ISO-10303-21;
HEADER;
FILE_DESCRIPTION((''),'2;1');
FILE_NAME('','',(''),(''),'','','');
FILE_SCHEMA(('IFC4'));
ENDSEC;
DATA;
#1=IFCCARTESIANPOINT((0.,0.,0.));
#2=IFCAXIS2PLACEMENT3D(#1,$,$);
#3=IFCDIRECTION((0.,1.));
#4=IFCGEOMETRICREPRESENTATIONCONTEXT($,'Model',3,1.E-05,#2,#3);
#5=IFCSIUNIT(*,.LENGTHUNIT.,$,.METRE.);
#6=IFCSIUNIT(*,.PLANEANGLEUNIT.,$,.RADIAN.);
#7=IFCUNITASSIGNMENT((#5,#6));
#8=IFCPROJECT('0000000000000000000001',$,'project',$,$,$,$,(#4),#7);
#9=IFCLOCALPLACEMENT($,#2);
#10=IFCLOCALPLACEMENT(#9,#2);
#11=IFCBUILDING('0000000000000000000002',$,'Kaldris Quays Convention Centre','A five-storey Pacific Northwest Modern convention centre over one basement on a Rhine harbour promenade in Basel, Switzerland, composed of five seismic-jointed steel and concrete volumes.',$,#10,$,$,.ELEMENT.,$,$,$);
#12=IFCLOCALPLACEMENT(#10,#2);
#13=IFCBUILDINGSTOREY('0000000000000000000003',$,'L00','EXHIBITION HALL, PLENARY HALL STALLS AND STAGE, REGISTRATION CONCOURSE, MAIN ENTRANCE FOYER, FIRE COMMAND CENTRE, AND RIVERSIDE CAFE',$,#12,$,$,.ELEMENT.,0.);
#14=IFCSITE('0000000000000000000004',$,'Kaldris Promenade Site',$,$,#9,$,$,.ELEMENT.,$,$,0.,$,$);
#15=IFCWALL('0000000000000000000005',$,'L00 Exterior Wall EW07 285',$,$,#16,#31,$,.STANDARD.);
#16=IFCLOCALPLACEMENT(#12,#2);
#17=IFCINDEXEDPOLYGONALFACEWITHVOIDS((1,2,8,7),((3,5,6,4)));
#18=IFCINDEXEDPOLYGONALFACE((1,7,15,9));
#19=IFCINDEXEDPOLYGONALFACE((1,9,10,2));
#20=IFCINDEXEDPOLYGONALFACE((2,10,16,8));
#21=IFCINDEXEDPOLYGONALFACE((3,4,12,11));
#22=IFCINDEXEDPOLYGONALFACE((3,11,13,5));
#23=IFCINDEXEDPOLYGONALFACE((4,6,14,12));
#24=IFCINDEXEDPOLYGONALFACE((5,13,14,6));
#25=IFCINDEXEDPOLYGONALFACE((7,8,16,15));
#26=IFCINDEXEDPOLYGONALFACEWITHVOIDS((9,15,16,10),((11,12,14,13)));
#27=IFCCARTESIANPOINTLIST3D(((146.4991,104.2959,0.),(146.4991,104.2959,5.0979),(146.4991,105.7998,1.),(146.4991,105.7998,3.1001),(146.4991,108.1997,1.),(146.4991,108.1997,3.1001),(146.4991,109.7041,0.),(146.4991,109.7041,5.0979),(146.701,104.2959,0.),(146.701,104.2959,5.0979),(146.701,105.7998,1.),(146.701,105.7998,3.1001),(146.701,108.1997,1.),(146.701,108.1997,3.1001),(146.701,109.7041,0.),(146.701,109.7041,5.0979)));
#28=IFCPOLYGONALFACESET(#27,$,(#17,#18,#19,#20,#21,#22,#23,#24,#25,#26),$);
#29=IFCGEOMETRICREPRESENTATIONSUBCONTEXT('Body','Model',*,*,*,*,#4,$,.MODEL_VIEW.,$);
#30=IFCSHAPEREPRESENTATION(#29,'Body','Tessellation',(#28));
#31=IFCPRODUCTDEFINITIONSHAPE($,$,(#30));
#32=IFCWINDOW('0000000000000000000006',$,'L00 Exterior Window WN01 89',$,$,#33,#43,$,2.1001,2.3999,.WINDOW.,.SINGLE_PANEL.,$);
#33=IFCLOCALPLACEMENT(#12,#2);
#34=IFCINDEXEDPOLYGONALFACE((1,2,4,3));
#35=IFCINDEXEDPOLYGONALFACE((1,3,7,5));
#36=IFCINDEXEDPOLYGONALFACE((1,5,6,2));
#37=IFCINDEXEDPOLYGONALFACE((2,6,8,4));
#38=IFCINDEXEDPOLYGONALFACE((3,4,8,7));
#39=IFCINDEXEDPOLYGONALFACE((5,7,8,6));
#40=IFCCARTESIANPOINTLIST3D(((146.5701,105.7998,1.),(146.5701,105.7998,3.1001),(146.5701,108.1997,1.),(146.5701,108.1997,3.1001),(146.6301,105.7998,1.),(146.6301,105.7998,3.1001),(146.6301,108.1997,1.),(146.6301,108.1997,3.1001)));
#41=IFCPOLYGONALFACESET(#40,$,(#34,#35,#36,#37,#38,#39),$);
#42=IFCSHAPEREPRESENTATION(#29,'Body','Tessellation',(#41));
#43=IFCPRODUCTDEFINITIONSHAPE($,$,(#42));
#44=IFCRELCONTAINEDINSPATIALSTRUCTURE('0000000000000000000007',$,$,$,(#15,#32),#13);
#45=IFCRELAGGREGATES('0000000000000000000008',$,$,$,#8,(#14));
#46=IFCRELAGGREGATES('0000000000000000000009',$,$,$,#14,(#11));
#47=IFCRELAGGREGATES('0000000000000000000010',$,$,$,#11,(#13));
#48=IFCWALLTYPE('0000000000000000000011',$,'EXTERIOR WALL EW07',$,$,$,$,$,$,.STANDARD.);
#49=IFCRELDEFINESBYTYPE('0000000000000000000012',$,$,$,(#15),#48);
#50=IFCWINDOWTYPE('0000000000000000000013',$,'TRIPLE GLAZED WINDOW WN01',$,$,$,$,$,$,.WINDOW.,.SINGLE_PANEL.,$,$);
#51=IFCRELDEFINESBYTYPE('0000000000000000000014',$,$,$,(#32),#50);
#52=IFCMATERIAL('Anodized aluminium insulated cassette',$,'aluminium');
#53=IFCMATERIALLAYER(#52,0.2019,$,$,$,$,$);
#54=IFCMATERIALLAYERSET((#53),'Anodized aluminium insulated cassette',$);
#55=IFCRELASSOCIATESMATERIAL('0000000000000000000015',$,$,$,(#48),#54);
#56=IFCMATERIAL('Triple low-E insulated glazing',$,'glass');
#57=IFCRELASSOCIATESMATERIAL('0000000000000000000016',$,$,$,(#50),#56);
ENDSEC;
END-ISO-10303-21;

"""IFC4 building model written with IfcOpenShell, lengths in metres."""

from ifc_helpers import new_model, si_unit, direction, frame, frame_2d, origin, place, context, subcontext, project, spatial, rectangle, extrude, material, layer, layer_set, type_object, element, fill, save


model = new_model("IFC4")

# Units and contexts
model_context = context("Model", 3, precision=1e-05, world=origin(), true_north=direction((0.0, 1.0)))
body_context = subcontext(model_context, "Body", "Model", "MODEL_VIEW")
ifc_project = project(units=[si_unit("LENGTHUNIT", "METRE"), si_unit("PLANEANGLEUNIT", "RADIAN")], contexts=[model_context])

# Site, building, storey
site_placement = place(None, origin())
site = spatial("IfcSite", under=ifc_project, at=site_placement, Name="Kaldris Promenade Site", CompositionType="ELEMENT", RefElevation=0.0)
building_placement = place(site_placement, origin())
building = spatial("IfcBuilding", under=site, at=building_placement, Name="Kaldris Quays Convention Centre", Description="A five-storey Pacific Northwest Modern convention centre over one basement on a Rhine harbour promenade in Basel, Switzerland, composed of five seismic-jointed steel and concrete volumes.", CompositionType="ELEMENT")
storey_placement = place(building_placement, origin())
storey = spatial("IfcBuildingStorey", under=building, at=storey_placement, Name="L00", Description="EXHIBITION HALL, PLENARY HALL STALLS AND STAGE, REGISTRATION CONCOURSE, MAIN ENTRANCE FOYER, FIRE COMMAND CENTRE, AND RIVERSIDE CAFE", CompositionType="ELEMENT", Elevation=0.0)

# Shared definitions
ifc_material_1 = material(Name="Triple low-E insulated glazing", Category="glass")

# Wall, opening, window
ifc_material_2 = material(Name="Anodized aluminium insulated cassette", Category="aluminium")
ifc_layer_1 = layer(ifc_material_2, 0.2019)
ifc_layer_set_1 = layer_set([ifc_layer_1], Name="Anodized aluminium insulated cassette")
wall_type_1 = type_object("IfcWallType", Name="EXTERIOR WALL EW07", PredefinedType="STANDARD", material=ifc_layer_set_1)
wall_1_placement = place(storey_placement, frame((146.6001, 104.2959, 0.0), z_axis=(0.0, 0.0, 1.0), x_axis=(0.0, 1.0, 0.0)))
wall_1 = element("IfcWall", 1, at=wall_1_placement, inside=storey, type_object=wall_type_1, Name="L00 Exterior Wall EW07 285", PredefinedType="STANDARD", context=body_context, shape_type="SweptSolid", body=[
    extrude(rectangle(XDim=5.4082, YDim=0.2019, at=frame_2d((2.7041, 0.0))), origin(), (0.0, 0.0, 1.0), 5.0979),
])
opening_1_placement = place(wall_1_placement, frame((1.5039, 0.0, 1.0)))
opening_1 = element("IfcOpeningElement", 2, at=opening_1_placement, cuts=wall_1, PredefinedType="OPENING", context=body_context, shape_type="SweptSolid", body=[
    extrude(rectangle(XDim=2.3999, YDim=2.1001, at=frame_2d((1.2, 1.05))), frame((0.0, 0.1108, 0.0), z_axis=(0.0, -1.0, 0.0), x_axis=(1.0, 0.0, 0.0)), (0.0, 0.0, 1.0), 0.2219),
])
window_type_1 = type_object("IfcWindowType", Name="TRIPLE GLAZED WINDOW WN01", PartitioningType="SINGLE_PANEL", PredefinedType="WINDOW", material=ifc_material_1)
window_1_placement = place(opening_1_placement, origin())
window_1 = element("IfcWindow", 3, at=window_1_placement, inside=storey, type_object=window_type_1, Name="L00 Exterior Window WN01 89", OverallHeight=2.1001, OverallWidth=2.3999, PartitioningType="SINGLE_PANEL", PredefinedType="WINDOW", context=body_context, shape_type="SweptSolid", body=[
    extrude(rectangle(XDim=2.3999, YDim=2.1001, at=frame_2d((1.2, 1.05))), frame((0.0, 0.03, 0.0), z_axis=(0.0, -1.0, 0.0), x_axis=(1.0, 0.0, 0.0)), (0.0, 0.0, 1.0), 0.0601),
])
fill(opening_1, window_1)

save(model, "model.ifc")
